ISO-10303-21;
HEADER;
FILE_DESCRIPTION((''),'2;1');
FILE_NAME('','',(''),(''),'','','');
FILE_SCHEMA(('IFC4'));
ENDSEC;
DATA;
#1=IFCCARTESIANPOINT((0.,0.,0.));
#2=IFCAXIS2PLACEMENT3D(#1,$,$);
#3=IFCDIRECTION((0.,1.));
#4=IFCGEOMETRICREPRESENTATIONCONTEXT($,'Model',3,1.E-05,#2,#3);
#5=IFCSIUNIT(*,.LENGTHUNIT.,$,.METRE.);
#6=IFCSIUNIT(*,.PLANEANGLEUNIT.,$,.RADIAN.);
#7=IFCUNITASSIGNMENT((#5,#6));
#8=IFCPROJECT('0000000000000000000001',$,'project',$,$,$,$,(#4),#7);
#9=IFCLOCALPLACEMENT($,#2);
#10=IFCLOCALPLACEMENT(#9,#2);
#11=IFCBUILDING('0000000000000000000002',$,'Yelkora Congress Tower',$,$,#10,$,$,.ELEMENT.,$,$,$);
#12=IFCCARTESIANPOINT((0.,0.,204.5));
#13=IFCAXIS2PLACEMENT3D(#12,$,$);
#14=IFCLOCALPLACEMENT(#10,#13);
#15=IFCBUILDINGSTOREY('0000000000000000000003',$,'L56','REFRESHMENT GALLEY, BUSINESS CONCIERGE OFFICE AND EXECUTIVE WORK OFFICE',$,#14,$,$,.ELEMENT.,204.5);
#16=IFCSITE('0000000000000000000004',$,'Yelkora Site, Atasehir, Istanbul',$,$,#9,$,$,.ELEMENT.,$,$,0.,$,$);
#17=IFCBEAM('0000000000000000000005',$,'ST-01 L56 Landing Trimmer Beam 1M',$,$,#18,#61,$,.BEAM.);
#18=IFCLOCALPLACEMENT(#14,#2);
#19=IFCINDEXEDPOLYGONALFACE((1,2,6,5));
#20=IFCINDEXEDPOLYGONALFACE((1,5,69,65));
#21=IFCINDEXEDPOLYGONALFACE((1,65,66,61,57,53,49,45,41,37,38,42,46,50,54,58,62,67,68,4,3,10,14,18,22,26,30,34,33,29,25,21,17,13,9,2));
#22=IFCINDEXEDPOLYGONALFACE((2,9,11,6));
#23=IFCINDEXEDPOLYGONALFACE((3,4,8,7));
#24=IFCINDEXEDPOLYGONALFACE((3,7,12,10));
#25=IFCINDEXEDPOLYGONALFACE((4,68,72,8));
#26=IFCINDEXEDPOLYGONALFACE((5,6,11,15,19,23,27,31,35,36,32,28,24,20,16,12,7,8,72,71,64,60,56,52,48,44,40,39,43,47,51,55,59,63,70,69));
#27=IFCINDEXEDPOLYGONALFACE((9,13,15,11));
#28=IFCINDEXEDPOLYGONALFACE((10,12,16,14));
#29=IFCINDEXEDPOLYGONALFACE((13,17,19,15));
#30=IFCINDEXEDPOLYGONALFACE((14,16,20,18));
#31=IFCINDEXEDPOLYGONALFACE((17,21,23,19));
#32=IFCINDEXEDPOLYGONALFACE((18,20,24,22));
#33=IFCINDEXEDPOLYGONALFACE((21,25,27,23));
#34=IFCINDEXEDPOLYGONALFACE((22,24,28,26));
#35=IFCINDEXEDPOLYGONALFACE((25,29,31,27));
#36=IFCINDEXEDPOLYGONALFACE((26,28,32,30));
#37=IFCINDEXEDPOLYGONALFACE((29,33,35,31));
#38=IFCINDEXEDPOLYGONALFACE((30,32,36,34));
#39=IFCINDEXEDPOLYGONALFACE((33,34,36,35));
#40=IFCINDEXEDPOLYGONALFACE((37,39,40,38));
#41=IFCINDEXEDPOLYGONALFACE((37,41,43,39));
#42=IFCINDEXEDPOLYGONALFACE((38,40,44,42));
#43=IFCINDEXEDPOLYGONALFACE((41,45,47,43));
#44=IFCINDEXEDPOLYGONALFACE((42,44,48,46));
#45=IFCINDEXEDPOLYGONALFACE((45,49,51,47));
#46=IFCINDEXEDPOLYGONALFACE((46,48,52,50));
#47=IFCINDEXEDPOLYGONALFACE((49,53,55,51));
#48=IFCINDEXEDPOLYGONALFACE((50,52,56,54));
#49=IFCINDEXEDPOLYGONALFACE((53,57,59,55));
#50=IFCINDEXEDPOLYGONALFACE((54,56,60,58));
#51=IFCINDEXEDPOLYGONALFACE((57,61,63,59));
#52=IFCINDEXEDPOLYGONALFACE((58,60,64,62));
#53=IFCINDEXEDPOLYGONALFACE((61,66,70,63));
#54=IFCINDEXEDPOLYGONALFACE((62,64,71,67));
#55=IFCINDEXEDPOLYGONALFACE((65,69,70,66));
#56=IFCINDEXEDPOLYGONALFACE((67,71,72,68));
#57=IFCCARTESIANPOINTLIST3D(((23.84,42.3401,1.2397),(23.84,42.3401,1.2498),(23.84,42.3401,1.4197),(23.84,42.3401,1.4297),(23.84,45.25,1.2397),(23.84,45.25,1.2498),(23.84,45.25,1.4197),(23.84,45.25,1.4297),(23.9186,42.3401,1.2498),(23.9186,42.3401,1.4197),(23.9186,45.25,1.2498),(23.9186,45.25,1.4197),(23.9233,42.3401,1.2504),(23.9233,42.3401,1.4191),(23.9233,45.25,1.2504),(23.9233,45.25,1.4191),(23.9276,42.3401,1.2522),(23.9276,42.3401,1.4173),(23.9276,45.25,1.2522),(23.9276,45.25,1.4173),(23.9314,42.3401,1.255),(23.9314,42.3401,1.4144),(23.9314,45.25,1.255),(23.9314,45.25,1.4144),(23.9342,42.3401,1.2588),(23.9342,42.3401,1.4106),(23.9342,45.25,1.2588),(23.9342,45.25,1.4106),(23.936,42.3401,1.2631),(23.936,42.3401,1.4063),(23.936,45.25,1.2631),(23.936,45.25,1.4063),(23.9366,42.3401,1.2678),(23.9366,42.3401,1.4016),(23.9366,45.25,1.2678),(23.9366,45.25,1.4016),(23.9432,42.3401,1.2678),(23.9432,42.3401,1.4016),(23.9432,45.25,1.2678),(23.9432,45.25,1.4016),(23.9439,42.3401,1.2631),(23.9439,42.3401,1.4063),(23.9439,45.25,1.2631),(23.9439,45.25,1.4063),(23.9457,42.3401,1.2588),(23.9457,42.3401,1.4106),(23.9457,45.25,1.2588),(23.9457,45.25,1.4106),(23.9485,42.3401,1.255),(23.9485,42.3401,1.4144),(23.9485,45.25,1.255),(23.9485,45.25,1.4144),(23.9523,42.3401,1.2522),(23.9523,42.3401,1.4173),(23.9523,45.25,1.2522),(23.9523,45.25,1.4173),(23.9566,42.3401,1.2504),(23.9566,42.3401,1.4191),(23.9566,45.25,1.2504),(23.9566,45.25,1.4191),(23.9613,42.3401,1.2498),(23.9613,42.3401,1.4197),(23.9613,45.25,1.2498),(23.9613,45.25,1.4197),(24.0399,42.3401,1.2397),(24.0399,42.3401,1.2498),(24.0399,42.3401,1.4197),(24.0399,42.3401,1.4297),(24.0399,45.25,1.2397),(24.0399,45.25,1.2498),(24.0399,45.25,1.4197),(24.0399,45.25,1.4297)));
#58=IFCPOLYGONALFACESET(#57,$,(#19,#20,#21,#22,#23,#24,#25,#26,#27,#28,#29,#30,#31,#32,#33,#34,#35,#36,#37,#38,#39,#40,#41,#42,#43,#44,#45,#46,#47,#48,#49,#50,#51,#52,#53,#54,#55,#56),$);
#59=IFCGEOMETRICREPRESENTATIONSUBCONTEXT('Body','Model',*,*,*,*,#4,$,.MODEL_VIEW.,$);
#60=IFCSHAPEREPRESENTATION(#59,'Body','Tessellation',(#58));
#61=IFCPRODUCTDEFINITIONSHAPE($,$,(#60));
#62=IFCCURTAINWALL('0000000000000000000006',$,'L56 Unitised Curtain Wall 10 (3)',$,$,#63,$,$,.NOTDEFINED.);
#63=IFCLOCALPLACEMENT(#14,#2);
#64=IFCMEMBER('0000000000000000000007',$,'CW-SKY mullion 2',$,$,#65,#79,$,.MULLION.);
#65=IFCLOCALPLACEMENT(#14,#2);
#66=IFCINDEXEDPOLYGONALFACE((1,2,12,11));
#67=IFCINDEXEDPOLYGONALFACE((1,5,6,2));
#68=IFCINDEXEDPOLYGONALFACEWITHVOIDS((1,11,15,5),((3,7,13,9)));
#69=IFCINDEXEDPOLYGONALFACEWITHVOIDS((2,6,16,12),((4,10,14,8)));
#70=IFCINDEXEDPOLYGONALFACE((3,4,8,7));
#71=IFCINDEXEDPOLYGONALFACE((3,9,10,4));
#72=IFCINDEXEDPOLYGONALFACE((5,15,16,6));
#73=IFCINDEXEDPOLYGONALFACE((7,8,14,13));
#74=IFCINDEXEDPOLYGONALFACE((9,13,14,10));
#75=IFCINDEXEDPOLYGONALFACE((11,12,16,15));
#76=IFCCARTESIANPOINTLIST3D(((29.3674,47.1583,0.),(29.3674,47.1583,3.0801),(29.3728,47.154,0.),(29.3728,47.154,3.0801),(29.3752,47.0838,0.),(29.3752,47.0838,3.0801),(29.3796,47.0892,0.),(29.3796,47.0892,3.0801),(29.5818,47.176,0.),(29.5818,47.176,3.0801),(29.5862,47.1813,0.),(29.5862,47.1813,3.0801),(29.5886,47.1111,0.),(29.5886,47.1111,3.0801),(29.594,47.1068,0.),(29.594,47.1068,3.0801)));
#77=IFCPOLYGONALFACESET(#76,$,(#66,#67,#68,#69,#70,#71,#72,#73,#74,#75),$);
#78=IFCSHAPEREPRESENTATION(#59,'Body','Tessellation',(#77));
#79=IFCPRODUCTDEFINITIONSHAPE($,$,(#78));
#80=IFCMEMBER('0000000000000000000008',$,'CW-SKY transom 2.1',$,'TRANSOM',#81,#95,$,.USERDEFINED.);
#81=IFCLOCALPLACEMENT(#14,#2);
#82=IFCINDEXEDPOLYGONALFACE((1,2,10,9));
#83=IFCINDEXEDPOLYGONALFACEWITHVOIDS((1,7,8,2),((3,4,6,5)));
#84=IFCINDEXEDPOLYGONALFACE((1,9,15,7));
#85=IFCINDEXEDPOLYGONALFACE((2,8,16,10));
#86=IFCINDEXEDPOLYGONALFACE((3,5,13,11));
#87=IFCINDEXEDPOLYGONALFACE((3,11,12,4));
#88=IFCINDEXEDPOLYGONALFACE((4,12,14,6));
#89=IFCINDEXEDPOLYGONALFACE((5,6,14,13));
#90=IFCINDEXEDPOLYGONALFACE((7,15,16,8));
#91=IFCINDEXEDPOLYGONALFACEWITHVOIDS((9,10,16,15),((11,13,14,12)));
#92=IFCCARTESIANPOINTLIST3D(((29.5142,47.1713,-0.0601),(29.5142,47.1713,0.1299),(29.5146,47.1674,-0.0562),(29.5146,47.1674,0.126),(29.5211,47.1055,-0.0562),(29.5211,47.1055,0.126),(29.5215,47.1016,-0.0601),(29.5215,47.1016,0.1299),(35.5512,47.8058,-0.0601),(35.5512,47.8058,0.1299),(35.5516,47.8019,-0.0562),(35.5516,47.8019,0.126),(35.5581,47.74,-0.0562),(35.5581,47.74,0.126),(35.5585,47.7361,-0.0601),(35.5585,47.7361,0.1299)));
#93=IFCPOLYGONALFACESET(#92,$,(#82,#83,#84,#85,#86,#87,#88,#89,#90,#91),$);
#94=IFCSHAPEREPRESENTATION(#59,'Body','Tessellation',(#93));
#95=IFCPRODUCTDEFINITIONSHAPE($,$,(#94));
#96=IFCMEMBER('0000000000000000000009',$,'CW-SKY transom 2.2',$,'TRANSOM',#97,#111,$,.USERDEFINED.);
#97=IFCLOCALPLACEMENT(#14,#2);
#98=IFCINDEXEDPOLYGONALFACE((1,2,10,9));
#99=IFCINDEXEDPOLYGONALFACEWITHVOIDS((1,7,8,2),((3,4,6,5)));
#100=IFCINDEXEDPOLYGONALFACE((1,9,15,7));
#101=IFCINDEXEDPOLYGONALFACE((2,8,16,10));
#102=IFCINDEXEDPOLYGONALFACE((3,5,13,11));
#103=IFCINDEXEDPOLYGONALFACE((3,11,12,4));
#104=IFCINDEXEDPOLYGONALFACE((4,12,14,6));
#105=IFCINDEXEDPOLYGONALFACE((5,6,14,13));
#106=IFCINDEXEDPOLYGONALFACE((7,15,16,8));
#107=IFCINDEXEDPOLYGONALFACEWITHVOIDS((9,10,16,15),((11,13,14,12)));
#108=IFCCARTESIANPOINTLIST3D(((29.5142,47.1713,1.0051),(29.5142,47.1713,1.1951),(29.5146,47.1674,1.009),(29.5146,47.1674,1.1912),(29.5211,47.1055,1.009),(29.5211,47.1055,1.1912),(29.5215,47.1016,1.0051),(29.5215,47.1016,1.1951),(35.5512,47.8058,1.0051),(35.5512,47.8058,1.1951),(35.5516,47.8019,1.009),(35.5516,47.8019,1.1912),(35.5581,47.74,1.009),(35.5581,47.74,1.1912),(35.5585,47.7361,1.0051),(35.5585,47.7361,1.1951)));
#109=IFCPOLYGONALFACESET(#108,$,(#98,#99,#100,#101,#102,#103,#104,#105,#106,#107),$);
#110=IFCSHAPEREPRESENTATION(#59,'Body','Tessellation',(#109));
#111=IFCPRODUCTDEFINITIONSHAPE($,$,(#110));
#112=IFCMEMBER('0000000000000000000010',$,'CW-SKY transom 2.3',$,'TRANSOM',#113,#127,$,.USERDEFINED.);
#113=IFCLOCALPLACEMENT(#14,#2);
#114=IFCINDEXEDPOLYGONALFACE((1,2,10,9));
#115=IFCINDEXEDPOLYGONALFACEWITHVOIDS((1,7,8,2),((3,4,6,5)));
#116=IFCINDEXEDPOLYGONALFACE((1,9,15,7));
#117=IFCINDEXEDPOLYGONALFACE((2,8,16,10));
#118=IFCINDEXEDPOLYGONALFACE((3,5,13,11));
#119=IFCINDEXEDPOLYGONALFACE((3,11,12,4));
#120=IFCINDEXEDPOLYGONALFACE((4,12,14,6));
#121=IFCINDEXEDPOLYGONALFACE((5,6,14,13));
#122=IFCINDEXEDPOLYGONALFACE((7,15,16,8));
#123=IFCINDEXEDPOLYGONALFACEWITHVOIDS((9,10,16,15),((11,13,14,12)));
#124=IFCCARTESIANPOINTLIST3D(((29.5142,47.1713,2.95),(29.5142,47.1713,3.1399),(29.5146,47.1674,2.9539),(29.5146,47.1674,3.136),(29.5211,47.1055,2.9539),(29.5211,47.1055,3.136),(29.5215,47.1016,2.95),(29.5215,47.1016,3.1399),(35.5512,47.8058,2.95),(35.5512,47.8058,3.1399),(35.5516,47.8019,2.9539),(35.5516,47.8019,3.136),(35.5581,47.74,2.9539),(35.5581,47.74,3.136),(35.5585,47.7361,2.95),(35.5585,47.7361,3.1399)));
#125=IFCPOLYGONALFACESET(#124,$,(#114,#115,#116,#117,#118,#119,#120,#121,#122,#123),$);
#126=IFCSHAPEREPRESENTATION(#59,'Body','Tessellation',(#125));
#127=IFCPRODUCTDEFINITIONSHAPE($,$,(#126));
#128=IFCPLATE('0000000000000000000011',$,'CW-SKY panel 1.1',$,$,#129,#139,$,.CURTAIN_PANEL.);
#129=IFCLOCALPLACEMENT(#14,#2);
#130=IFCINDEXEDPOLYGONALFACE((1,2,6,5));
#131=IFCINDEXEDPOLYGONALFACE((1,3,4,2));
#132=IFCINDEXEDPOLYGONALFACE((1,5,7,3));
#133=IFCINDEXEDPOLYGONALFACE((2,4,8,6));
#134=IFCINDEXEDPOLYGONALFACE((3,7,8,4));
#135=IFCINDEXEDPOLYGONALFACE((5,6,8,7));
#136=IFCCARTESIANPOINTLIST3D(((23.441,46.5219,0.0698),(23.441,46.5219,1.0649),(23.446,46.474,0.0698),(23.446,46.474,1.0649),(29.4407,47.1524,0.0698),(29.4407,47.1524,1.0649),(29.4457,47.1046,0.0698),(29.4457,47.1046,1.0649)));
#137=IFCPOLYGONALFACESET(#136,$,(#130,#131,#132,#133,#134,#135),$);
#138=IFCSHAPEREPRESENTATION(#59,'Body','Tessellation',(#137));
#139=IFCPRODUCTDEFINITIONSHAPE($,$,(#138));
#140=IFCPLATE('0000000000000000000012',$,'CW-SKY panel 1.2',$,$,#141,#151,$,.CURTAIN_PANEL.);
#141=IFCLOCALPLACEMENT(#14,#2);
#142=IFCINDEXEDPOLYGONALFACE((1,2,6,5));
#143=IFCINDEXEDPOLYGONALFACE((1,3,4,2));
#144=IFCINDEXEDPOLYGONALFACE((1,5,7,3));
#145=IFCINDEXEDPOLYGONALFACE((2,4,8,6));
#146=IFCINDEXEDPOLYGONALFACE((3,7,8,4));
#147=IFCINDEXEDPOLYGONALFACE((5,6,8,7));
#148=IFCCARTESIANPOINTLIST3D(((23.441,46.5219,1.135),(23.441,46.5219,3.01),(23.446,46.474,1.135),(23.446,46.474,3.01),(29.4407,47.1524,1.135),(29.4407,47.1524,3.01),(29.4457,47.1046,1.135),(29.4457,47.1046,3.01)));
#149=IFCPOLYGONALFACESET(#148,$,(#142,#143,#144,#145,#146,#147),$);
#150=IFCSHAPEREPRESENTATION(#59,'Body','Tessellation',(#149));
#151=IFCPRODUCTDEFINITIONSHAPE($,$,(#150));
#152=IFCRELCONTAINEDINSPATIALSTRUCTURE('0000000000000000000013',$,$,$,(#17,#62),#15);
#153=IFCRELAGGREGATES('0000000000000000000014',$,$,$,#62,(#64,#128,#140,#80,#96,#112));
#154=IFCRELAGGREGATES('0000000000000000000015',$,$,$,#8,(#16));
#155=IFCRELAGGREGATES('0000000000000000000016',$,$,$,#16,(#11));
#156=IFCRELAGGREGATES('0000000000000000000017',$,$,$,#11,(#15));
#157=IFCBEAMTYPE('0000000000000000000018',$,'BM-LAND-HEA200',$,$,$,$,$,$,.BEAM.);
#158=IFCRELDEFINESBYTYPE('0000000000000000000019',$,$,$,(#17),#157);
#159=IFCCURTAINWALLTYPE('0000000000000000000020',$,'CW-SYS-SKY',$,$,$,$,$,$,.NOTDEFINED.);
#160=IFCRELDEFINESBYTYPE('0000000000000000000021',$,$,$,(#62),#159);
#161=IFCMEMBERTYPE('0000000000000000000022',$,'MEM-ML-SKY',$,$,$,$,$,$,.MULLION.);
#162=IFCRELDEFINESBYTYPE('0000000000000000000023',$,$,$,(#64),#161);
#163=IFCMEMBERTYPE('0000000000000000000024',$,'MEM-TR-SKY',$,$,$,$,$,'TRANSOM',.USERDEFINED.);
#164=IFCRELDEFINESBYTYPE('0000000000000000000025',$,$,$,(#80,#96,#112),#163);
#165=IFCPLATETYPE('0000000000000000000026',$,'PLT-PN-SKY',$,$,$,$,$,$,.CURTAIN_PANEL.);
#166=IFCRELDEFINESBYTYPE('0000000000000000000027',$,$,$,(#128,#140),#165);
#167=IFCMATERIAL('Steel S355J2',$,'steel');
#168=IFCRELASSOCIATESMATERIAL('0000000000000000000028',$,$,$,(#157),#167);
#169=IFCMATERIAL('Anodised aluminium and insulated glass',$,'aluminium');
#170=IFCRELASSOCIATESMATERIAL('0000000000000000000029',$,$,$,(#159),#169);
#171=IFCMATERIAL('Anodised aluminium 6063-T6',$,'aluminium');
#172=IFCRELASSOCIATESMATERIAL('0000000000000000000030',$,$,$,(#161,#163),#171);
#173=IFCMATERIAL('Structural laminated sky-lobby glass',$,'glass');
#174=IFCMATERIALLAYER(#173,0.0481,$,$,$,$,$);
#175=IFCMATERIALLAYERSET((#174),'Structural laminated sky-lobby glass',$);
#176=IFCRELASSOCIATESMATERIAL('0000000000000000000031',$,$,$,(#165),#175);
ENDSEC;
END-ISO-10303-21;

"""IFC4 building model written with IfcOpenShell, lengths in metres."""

from ifc_helpers import new_model, si_unit, direction, frame, origin, origin_2d, place, context, subcontext, project, spatial, rectangle, hollow_rectangle, i_section, extrude, material, layer, layer_set, material_profile, profile_set, type_object, element, aggregate, save


model = new_model("IFC4")

# Units and contexts
model_context = context("Model", 3, precision=1e-05, world=origin(), true_north=direction((0.0, 1.0)))
body_context = subcontext(model_context, "Body", "Model", "MODEL_VIEW")
ifc_project = project(units=[si_unit("LENGTHUNIT", "METRE"), si_unit("PLANEANGLEUNIT", "RADIAN")], contexts=[model_context])

# Site, building, storey
site_placement = place(None, origin())
site = spatial("IfcSite", under=ifc_project, at=site_placement, Name="Yelkora Site, Atasehir, Istanbul", CompositionType="ELEMENT", RefElevation=0.0)
building_placement = place(site_placement, origin())
building = spatial("IfcBuilding", under=site, at=building_placement, Name="Yelkora Congress Tower", CompositionType="ELEMENT")
storey_placement = place(building_placement, frame((0.0, 0.0, 204.5)))
storey = spatial("IfcBuildingStorey", under=building, at=storey_placement, Name="L56", Description="REFRESHMENT GALLEY, BUSINESS CONCIERGE OFFICE AND EXECUTIVE WORK OFFICE", CompositionType="ELEMENT", Elevation=204.5)

# Beam
ifc_material_1 = material(Name="Steel S355J2", Category="steel")
ifc_material_profile_1 = material_profile(ifc_material_1, i_section(OverallWidth=0.2, OverallDepth=0.1899, WebThickness=0.0066, FlangeThickness=0.01, FilletRadius=0.0181, at=origin_2d()), Name="HEA 200")
ifc_profile_set_1 = profile_set([ifc_material_profile_1], Name="Steel S355J2")
beam_type = type_object("IfcBeamType", Name="BM-LAND-HEA200", PredefinedType="BEAM", material=ifc_profile_set_1)
beam_placement = place(storey_placement, frame((23.9399, 42.3401, 1.3347), z_axis=(0.0, 1.0, 0.0), x_axis=(-1.0, 0.0, 0.0)))
element("IfcBeam", 1, at=beam_placement, inside=storey, type_object=beam_type, Name="ST-01 L56 Landing Trimmer Beam 1M", PredefinedType="BEAM", context=body_context, shape_type="SweptSolid", body=[
    extrude(i_section(OverallWidth=0.2, OverallDepth=0.1899, WebThickness=0.0066, FlangeThickness=0.01, FilletRadius=0.0181, at=origin_2d()), origin(), (0.0, 0.0, 1.0), 2.9099),
])

# Curtain wall, members, plates
ifc_material_2 = material(Name="Anodised aluminium and insulated glass", Category="aluminium")
curtain_wall_type = type_object("IfcCurtainWallType", Name="CW-SYS-SKY", PredefinedType="NOTDEFINED", material=ifc_material_2)
curtain_wall_placement = place(storey_placement, origin())
curtain_wall = element("IfcCurtainWall", 2, at=curtain_wall_placement, inside=storey, type_object=curtain_wall_type, Name="L56 Unitised Curtain Wall 10 (3)", PredefinedType="NOTDEFINED")
ifc_material_3 = material(Name="Anodised aluminium 6063-T6", Category="aluminium")
ifc_material_profile_2 = material_profile(ifc_material_3, hollow_rectangle(XDim=0.075, YDim=0.22, WallThickness=0.0049, at=origin_2d()), Name="ALU 75x220x5")
ifc_profile_set_2 = profile_set([ifc_material_profile_2], Name="Anodised aluminium 6063-T6")
member_type_1 = type_object("IfcMemberType", Name="MEM-ML-SKY", PredefinedType="MULLION", material=ifc_profile_set_2)
member_1_placement = place(storey_placement, frame((29.4807, 47.1326, 0.0), z_axis=(0.0, 0.0, 1.0), x_axis=(-0.104528, 0.994522, 0.0)))
member_1 = element("IfcMember", 3, at=member_1_placement, type_object=member_type_1, Name="CW-SKY mullion 2", PredefinedType="MULLION", context=body_context, shape_type="SweptSolid", body=[
    extrude(hollow_rectangle(XDim=0.075, YDim=0.22, WallThickness=0.0049, at=origin_2d()), origin(), (0.0, 0.0, 1.0), 3.0801),
])
ifc_material_profile_3 = material_profile(ifc_material_3, hollow_rectangle(XDim=0.0701, YDim=0.1899, WallThickness=0.0039, at=origin_2d()), Name="ALU 70x190x4")
ifc_profile_set_3 = profile_set([ifc_material_profile_3], Name="Anodised aluminium 6063-T6")
member_type_2 = type_object("IfcMemberType", Name="MEM-TR-SKY", ElementType="TRANSOM", PredefinedType="USERDEFINED", material=ifc_profile_set_3)
member_2_placement = place(storey_placement, frame((29.5178, 47.1365, 0.0349), z_axis=(0.994522, 0.104528, 0.0), x_axis=(-0.104528, 0.994522, 0.0)))
member_2 = element("IfcMember", 4, at=member_2_placement, type_object=member_type_2, Name="CW-SKY transom 2.1", ObjectType="TRANSOM", PredefinedType="USERDEFINED", context=body_context, shape_type="SweptSolid", body=[
    extrude(hollow_rectangle(XDim=0.0701, YDim=0.1899, WallThickness=0.0039, at=origin_2d()), origin(), (0.0, 0.0, 1.0), 6.0703),
])
member_3_placement = place(storey_placement, frame((29.5178, 47.1365, 1.1001), z_axis=(0.994522, 0.104528, 0.0), x_axis=(-0.104528, 0.994522, 0.0)))
member_3 = element("IfcMember", 5, at=member_3_placement, type_object=member_type_2, Name="CW-SKY transom 2.2", ObjectType="TRANSOM", PredefinedType="USERDEFINED", context=body_context, shape_type="SweptSolid", body=[
    extrude(hollow_rectangle(XDim=0.0701, YDim=0.1899, WallThickness=0.0039, at=origin_2d()), origin(), (0.0, 0.0, 1.0), 6.0703),
])
member_4_placement = place(storey_placement, frame((29.5178, 47.1365, 3.0449), z_axis=(0.994522, 0.104528, 0.0), x_axis=(-0.104528, 0.994522, 0.0)))
member_4 = element("IfcMember", 6, at=member_4_placement, type_object=member_type_2, Name="CW-SKY transom 2.3", ObjectType="TRANSOM", PredefinedType="USERDEFINED", context=body_context, shape_type="SweptSolid", body=[
    extrude(hollow_rectangle(XDim=0.0701, YDim=0.1899, WallThickness=0.0039, at=origin_2d()), origin(), (0.0, 0.0, 1.0), 6.0703),
])
ifc_material_4 = material(Name="Structural laminated sky-lobby glass", Category="glass")
ifc_layer_1 = layer(ifc_material_4, 0.0481)
ifc_layer_set_1 = layer_set([ifc_layer_1], Name="Structural laminated sky-lobby glass")
plate_type = type_object("IfcPlateType", Name="PLT-PN-SKY", PredefinedType="CURTAIN_PANEL", material=ifc_layer_set_1)
plate_1_placement = place(storey_placement, frame((26.4434, 46.8132, 0.0698), z_axis=(0.0, 0.0, 1.0), x_axis=(0.994522, 0.104528, 0.0)))
plate_1 = element("IfcPlate", 7, at=plate_1_placement, type_object=plate_type, Name="CW-SKY panel 1.1", PredefinedType="CURTAIN_PANEL", context=body_context, shape_type="SweptSolid", body=[
    extrude(rectangle(XDim=6.0327, YDim=0.0481, at=origin_2d()), origin(), (0.0, 0.0, 1.0), 0.9951),
])
plate_2_placement = place(storey_placement, frame((26.4434, 46.8132, 1.135), z_axis=(0.0, 0.0, 1.0), x_axis=(0.994522, 0.104528, 0.0)))
plate_2 = element("IfcPlate", 8, at=plate_2_placement, type_object=plate_type, Name="CW-SKY panel 1.2", PredefinedType="CURTAIN_PANEL", context=body_context, shape_type="SweptSolid", body=[
    extrude(rectangle(XDim=6.0327, YDim=0.0481, at=origin_2d()), origin(), (0.0, 0.0, 1.0), 1.875),
])
aggregate(curtain_wall, [member_1, plate_1, plate_2, member_2, member_3, member_4])

save(model, "model.ifc")
